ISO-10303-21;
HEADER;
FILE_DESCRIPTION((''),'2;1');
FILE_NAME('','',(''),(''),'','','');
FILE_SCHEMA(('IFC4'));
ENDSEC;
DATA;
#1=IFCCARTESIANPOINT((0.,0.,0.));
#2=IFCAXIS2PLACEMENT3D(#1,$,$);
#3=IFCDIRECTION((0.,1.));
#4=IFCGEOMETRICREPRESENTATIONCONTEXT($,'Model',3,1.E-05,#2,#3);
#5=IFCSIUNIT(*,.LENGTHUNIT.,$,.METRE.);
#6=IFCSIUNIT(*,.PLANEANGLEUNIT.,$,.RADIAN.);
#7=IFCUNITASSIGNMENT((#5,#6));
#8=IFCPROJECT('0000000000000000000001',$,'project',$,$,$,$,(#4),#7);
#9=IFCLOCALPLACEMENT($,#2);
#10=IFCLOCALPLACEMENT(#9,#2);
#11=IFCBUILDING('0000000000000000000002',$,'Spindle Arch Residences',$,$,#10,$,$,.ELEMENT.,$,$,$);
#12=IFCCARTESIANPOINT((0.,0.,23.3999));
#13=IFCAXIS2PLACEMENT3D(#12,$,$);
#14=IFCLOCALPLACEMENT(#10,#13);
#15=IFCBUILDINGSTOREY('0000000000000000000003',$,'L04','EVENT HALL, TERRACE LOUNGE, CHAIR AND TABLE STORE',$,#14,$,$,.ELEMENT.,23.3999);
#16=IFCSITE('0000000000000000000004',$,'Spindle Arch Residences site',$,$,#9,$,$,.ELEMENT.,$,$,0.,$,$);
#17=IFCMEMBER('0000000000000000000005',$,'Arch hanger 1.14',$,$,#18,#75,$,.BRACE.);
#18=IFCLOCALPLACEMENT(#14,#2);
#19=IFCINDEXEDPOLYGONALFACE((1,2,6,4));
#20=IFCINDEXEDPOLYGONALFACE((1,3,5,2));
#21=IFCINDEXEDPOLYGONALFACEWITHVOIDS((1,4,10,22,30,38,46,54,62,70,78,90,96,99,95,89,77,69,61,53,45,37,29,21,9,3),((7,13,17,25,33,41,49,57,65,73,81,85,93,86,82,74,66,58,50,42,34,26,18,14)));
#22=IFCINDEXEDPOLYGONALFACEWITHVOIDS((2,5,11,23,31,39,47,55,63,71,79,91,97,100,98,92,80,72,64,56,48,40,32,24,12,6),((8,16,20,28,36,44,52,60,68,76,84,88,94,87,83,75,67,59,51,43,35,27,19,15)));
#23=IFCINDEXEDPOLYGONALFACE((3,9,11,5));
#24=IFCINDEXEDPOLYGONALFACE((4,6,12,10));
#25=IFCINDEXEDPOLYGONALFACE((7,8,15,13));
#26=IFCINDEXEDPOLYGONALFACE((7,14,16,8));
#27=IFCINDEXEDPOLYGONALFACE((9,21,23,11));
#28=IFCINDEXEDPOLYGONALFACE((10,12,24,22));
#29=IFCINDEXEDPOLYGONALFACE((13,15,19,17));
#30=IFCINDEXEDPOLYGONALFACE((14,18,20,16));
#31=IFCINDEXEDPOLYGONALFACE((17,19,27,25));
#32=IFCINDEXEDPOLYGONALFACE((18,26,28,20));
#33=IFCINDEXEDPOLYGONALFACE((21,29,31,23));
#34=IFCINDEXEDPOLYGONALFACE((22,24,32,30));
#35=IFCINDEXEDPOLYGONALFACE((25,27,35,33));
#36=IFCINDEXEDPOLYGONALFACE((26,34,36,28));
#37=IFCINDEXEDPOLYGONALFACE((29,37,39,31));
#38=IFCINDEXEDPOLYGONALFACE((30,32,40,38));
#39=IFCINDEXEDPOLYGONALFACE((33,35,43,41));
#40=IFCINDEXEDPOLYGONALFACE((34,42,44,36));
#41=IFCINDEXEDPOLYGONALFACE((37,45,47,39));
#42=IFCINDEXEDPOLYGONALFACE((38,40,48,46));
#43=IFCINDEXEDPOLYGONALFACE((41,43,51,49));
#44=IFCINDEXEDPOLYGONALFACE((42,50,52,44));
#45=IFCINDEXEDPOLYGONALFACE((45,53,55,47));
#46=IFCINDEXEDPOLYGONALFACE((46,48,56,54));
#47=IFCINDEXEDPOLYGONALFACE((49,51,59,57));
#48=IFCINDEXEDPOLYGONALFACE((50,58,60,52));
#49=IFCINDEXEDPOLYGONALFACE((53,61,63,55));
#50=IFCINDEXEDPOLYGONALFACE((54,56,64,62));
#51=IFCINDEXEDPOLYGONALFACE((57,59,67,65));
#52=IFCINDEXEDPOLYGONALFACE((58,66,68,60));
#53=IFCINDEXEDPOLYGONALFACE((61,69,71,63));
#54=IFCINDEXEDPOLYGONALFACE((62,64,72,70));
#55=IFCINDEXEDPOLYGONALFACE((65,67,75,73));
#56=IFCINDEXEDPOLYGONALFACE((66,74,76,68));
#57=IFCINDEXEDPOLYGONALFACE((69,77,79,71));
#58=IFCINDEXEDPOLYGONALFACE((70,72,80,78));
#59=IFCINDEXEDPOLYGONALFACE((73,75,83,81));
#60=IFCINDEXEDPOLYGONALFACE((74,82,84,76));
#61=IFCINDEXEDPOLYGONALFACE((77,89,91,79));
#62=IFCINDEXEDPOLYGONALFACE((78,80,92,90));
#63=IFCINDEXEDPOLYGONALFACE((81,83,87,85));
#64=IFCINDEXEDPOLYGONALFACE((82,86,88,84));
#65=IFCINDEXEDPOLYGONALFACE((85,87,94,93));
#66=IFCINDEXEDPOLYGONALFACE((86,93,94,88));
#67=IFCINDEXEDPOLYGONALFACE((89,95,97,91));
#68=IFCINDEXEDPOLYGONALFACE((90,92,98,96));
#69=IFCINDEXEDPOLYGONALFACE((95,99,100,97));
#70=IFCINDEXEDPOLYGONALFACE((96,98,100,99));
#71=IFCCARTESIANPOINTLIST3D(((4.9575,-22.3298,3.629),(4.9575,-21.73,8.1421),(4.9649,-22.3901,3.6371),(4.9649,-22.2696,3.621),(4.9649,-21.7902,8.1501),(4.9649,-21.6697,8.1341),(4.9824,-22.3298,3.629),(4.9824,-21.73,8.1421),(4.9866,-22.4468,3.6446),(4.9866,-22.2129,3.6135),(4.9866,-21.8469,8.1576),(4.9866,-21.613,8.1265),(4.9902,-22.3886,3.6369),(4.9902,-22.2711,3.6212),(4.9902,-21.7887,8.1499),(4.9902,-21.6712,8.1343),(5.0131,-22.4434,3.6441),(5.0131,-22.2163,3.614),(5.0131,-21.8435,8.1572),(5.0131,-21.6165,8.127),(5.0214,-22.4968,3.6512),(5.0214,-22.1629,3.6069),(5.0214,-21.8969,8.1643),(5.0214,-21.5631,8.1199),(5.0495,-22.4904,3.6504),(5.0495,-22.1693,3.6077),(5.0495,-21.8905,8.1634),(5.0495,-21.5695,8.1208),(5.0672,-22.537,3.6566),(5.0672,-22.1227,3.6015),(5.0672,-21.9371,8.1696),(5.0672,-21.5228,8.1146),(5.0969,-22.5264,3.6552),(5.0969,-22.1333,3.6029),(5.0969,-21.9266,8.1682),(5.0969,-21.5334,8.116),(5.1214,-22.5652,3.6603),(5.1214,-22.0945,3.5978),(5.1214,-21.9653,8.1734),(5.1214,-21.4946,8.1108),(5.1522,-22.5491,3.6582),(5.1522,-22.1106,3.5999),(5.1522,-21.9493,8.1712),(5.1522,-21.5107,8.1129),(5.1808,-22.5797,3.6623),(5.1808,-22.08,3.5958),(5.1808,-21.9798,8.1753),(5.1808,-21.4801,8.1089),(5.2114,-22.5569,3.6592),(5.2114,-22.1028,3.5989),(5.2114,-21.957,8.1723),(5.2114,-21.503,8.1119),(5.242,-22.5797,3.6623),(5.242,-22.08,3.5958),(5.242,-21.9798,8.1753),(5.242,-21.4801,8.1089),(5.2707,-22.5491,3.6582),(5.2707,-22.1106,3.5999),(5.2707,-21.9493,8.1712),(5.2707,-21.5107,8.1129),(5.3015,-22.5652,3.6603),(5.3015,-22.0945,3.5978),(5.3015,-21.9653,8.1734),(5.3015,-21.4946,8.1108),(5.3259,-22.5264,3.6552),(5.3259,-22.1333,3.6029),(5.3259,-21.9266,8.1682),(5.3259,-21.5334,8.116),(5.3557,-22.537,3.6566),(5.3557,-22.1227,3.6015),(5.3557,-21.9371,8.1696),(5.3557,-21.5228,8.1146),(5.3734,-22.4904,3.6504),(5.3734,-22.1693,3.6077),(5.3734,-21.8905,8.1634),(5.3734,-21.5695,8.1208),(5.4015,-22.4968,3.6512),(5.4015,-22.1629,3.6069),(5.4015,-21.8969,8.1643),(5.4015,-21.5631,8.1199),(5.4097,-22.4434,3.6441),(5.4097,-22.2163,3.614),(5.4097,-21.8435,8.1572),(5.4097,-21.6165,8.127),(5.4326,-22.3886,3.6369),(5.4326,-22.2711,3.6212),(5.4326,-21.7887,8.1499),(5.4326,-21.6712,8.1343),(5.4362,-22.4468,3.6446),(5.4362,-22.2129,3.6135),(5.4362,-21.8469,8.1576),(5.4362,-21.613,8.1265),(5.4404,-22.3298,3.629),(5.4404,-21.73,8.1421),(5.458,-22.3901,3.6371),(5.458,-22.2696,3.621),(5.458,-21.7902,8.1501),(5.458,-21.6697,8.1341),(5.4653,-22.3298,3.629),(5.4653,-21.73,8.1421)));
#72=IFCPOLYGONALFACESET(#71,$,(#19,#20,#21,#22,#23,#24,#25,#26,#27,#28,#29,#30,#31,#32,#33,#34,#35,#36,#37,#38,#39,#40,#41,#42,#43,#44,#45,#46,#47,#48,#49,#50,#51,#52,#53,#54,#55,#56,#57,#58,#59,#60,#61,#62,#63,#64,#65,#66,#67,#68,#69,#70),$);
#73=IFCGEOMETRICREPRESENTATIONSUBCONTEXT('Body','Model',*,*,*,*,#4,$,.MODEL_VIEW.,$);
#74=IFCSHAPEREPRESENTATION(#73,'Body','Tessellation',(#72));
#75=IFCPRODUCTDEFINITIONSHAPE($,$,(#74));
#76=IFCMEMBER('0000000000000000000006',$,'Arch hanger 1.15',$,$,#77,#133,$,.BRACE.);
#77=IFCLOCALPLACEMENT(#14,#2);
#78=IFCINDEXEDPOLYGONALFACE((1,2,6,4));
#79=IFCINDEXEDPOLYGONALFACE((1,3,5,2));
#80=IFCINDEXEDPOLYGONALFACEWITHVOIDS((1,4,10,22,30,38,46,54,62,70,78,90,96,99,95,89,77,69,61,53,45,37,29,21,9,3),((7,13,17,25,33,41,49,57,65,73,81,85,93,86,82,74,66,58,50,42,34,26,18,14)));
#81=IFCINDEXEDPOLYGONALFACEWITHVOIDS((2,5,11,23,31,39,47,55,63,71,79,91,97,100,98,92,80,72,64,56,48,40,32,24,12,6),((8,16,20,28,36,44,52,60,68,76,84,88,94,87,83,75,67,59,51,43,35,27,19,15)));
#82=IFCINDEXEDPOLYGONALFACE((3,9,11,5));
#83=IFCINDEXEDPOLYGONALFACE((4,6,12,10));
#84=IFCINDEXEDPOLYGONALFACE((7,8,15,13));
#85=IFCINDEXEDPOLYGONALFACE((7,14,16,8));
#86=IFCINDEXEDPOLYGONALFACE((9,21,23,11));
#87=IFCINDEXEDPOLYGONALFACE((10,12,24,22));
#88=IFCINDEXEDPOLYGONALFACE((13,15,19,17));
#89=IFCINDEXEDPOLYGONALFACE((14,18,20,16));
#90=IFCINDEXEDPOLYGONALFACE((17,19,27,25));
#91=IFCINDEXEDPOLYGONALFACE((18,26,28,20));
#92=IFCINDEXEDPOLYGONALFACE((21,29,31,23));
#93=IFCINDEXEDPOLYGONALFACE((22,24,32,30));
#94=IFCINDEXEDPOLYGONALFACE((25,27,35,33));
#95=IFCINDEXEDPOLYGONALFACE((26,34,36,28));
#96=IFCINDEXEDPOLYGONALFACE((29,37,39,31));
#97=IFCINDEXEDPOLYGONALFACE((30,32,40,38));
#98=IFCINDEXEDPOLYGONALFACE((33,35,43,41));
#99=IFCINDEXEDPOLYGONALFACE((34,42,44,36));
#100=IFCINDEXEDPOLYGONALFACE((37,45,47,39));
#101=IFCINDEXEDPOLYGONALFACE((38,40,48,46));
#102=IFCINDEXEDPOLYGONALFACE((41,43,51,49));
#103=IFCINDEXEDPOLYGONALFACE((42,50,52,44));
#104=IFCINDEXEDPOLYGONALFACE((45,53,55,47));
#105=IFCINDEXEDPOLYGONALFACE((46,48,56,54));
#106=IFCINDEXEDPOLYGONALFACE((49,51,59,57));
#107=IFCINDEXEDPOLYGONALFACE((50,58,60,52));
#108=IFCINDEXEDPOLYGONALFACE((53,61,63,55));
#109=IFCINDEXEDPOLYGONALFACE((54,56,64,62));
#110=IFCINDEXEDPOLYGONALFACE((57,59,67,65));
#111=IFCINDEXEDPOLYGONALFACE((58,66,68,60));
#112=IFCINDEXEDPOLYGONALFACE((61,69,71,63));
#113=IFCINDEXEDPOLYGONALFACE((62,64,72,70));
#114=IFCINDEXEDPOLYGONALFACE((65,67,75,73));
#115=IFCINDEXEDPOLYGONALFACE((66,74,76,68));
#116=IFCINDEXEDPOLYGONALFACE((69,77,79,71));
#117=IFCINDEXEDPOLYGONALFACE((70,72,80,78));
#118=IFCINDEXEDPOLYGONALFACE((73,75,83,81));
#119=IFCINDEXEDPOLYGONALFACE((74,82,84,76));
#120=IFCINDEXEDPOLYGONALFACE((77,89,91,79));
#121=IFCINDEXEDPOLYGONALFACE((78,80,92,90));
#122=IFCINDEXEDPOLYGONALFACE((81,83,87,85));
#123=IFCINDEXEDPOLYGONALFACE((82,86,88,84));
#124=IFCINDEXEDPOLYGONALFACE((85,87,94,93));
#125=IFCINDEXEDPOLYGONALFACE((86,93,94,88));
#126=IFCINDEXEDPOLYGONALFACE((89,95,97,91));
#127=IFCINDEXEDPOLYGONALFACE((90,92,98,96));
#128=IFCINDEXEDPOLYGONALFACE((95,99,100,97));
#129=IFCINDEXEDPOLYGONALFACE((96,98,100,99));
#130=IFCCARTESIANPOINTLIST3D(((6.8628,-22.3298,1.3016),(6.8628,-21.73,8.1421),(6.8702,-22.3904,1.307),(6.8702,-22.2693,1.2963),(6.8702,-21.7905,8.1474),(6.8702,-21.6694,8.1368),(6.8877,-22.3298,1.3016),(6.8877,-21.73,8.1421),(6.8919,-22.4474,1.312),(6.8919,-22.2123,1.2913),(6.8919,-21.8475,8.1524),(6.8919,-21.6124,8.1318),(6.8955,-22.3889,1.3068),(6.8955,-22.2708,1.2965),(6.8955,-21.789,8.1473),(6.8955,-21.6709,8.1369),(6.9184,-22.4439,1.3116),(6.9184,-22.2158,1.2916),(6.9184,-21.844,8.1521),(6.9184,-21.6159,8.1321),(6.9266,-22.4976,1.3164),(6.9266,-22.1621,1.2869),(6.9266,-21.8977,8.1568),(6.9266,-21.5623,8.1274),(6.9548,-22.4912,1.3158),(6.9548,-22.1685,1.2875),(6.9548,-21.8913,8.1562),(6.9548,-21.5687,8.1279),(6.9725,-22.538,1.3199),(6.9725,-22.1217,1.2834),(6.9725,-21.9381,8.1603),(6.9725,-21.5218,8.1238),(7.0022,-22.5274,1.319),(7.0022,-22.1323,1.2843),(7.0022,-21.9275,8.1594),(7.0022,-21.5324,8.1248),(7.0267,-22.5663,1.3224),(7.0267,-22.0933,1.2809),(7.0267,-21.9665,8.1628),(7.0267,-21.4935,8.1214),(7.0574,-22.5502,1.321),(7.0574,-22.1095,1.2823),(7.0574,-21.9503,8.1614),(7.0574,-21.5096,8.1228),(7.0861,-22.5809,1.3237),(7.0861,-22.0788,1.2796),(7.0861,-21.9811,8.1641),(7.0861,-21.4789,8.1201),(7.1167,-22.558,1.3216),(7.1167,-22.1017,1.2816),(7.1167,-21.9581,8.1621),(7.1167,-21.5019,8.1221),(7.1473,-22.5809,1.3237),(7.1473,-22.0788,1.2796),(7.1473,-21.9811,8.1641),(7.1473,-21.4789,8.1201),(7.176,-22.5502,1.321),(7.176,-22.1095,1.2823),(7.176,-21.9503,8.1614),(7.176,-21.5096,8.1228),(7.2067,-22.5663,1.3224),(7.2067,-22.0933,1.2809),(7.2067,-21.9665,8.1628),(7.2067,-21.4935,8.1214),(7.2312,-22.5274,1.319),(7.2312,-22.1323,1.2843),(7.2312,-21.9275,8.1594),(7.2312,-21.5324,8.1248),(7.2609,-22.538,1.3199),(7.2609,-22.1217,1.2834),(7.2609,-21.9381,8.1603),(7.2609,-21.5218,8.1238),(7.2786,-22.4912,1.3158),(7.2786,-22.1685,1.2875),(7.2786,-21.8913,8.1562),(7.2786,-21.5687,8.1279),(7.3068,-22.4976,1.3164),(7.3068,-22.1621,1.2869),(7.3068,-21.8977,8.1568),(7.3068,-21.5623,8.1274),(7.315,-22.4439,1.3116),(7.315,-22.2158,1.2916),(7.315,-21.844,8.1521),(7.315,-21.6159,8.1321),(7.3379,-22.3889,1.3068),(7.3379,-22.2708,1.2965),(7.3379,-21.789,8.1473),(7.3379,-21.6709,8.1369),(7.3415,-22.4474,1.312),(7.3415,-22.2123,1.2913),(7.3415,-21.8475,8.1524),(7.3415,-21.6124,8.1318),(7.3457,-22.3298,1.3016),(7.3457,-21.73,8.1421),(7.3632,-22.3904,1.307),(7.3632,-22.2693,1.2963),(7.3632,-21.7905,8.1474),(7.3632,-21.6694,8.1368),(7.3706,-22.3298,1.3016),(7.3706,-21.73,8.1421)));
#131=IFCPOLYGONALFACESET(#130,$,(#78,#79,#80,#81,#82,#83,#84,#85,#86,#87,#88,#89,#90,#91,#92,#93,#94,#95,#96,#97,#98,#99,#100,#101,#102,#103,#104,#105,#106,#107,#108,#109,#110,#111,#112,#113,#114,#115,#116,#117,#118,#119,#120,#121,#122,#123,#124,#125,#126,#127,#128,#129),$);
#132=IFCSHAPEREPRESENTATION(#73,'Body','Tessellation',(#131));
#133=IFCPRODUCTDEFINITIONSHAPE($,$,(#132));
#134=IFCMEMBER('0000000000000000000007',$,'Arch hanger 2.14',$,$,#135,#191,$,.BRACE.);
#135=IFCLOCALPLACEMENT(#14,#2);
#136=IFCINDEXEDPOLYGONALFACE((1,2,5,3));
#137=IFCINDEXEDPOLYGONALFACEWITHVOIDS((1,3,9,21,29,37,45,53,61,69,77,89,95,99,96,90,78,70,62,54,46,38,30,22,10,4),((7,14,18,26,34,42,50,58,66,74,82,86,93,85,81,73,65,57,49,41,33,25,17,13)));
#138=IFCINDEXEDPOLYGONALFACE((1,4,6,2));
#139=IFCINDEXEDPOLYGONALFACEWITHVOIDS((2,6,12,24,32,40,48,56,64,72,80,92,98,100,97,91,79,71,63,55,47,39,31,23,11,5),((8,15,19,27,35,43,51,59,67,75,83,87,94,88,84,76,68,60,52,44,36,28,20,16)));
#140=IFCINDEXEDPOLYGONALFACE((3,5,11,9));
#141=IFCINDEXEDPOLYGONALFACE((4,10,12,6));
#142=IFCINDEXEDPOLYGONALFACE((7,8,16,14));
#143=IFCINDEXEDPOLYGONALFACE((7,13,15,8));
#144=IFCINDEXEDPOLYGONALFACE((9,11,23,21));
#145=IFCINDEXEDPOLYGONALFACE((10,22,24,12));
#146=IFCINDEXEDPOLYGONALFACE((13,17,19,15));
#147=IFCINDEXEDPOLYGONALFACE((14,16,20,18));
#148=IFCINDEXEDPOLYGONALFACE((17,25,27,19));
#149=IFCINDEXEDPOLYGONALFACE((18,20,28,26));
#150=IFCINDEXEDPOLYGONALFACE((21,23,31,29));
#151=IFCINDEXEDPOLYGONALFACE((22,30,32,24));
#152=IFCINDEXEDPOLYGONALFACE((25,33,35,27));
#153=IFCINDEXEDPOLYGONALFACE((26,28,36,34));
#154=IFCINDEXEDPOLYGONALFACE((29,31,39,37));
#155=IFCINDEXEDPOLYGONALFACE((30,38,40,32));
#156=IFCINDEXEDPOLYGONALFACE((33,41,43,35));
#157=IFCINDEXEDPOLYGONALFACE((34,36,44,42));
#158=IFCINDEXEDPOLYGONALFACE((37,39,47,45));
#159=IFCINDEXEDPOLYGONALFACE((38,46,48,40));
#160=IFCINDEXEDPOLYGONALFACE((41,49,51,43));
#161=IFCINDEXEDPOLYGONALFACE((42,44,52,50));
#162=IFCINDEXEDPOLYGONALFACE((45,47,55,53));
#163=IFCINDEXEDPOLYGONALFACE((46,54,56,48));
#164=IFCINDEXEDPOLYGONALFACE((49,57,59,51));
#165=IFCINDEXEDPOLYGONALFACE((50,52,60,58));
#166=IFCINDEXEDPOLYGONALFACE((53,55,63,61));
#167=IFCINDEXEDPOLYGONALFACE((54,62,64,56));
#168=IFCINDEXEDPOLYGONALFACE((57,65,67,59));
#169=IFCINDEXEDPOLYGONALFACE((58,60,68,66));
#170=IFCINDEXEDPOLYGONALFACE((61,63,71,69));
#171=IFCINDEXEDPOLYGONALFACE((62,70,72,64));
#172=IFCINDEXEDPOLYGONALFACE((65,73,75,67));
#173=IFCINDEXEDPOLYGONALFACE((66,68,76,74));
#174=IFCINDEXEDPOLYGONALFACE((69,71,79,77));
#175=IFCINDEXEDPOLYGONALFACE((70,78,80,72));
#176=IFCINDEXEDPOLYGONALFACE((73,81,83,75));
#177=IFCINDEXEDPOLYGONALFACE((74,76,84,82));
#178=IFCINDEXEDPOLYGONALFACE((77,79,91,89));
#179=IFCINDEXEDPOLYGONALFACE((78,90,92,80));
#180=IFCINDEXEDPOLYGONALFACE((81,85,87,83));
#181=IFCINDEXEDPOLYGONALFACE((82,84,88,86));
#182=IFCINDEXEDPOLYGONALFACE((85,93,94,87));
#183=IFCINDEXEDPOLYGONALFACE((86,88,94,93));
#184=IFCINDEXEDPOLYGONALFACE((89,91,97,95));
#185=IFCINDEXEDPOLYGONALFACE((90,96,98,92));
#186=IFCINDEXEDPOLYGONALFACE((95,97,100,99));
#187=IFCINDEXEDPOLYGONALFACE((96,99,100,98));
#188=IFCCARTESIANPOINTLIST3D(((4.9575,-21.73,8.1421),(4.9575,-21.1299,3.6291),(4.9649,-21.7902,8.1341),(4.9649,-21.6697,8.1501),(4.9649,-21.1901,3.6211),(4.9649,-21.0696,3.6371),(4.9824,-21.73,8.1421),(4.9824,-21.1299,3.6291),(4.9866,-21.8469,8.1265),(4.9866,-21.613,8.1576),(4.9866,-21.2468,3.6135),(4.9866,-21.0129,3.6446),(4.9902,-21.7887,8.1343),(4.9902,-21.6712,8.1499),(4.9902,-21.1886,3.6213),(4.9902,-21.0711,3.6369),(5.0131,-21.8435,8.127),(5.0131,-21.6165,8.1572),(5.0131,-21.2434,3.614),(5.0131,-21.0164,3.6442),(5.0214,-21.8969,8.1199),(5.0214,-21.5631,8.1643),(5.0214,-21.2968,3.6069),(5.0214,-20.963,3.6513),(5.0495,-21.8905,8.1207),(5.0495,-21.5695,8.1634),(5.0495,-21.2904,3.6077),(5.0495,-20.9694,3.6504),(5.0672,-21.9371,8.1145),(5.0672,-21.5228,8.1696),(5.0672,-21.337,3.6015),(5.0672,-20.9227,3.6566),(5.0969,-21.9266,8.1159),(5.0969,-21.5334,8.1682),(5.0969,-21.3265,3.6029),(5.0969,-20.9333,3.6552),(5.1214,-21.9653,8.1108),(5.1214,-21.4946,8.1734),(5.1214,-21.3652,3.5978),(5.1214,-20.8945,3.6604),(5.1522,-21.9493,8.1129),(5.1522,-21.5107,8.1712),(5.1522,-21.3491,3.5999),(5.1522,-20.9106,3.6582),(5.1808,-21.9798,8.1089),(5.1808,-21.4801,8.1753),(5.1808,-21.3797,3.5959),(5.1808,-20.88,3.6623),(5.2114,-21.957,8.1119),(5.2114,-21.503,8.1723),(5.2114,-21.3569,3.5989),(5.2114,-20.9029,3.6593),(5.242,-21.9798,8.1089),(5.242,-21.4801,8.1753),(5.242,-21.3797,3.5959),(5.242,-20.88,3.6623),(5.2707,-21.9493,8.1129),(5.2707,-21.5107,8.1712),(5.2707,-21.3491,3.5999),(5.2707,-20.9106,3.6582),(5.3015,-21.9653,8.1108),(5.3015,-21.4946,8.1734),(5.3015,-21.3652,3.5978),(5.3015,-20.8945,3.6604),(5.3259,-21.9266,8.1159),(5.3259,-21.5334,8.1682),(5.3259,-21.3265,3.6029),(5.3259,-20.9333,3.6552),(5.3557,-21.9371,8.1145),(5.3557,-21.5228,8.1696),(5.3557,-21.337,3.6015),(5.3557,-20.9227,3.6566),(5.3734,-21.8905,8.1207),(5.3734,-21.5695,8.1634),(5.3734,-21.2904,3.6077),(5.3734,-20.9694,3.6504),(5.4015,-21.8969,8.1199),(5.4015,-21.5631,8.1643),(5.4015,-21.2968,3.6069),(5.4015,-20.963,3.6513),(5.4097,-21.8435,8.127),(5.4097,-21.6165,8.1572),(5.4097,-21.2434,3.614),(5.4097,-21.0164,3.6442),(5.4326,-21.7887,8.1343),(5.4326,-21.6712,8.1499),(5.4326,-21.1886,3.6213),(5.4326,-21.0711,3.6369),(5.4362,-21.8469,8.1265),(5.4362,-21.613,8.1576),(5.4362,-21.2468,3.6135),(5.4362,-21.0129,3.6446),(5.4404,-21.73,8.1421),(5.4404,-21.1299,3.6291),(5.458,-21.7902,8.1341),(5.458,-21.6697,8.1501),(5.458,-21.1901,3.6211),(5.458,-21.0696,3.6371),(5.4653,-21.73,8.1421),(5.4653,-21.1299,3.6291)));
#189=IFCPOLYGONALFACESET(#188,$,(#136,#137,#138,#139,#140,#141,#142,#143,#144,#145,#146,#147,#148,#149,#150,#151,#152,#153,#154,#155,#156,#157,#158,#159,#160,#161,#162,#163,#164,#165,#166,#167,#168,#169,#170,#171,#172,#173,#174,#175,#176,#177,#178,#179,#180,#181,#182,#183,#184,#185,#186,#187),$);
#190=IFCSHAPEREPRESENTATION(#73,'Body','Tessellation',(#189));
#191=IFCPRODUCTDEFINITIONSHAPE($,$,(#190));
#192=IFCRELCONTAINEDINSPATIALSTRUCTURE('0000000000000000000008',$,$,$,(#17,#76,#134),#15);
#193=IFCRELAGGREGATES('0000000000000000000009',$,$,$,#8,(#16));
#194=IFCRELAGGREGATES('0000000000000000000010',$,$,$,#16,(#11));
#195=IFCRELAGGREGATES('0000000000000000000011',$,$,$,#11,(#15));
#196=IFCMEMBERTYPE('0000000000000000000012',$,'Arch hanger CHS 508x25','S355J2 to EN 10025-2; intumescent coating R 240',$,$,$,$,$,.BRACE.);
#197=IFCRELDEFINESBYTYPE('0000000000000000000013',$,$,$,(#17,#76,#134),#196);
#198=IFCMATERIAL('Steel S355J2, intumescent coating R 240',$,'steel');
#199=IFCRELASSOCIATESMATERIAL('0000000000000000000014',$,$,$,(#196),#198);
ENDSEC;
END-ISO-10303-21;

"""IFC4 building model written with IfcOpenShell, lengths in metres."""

from ifc_helpers import new_model, si_unit, direction, frame, origin, origin_2d, place, context, subcontext, project, spatial, hollow_circle, extrude, material, material_profile, profile_set, type_object, element, save


model = new_model("IFC4")

# Units and contexts
model_context = context("Model", 3, precision=1e-05, world=origin(), true_north=direction((0.0, 1.0)))
body_context = subcontext(model_context, "Body", "Model", "MODEL_VIEW")
ifc_project = project(units=[si_unit("LENGTHUNIT", "METRE"), si_unit("PLANEANGLEUNIT", "RADIAN")], contexts=[model_context])

# Site, building, storey
site_placement = place(None, origin())
site = spatial("IfcSite", under=ifc_project, at=site_placement, Name="Spindle Arch Residences site", CompositionType="ELEMENT", RefElevation=0.0)
building_placement = place(site_placement, origin())
building = spatial("IfcBuilding", under=site, at=building_placement, Name="Spindle Arch Residences", CompositionType="ELEMENT")
storey_placement = place(building_placement, frame((0.0, 0.0, 23.3999)))
storey = spatial("IfcBuildingStorey", under=building, at=storey_placement, Name="L04", Description="EVENT HALL, TERRACE LOUNGE, CHAIR AND TABLE STORE", CompositionType="ELEMENT", Elevation=23.3999)

# Members
ifc_material_1 = material(Name="Steel S355J2, intumescent coating R 240", Category="steel")
ifc_material_profile_1 = material_profile(ifc_material_1, hollow_circle(Radius=0.2539, WallThickness=0.0249, at=origin_2d()), Name="CHS 508x25")
ifc_profile_set_1 = profile_set([ifc_material_profile_1], Name="Steel S355J2, intumescent coating R 240")
member_type_1 = type_object("IfcMemberType", Name="Arch hanger CHS 508x25", Description="S355J2 to EN 10025-2; intumescent coating R 240", PredefinedType="BRACE", material=ifc_profile_set_1)
member_1_placement = place(storey_placement, frame((5.2114, -21.73, 8.1421), z_axis=(0.0, -0.13176, -0.991282), x_axis=(1.0, 0.0, 0.0)))
element("IfcMember", 1, at=member_1_placement, inside=storey, type_object=member_type_1, Name="Arch hanger 1.14", PredefinedType="BRACE", context=body_context, shape_type="SweptSolid", body=[
    extrude(hollow_circle(Radius=0.2539, WallThickness=0.0249, at=origin_2d()), origin(), (0.0, 0.0, 1.0), 4.5527),
])
member_2_placement = place(storey_placement, frame((7.1167, -21.73, 8.1421), z_axis=(0.0, -0.087358, -0.996177), x_axis=(1.0, 0.0, 0.0)))
element("IfcMember", 2, at=member_2_placement, inside=storey, type_object=member_type_1, Name="Arch hanger 1.15", PredefinedType="BRACE", context=body_context, shape_type="SweptSolid", body=[
    extrude(hollow_circle(Radius=0.2539, WallThickness=0.0249, at=origin_2d()), origin(), (0.0, 0.0, 1.0), 6.8667),
])
member_3_placement = place(storey_placement, frame((5.2114, -21.73, 8.1421), z_axis=(0.0, 0.131812, -0.991275), x_axis=(-1.0, 0.0, 0.0)))
element("IfcMember", 3, at=member_3_placement, inside=storey, type_object=member_type_1, Name="Arch hanger 2.14", PredefinedType="BRACE", context=body_context, shape_type="SweptSolid", body=[
    extrude(hollow_circle(Radius=0.2539, WallThickness=0.0249, at=origin_2d()), origin(), (0.0, 0.0, 1.0), 4.5527),
])

save(model, "model.ifc")
